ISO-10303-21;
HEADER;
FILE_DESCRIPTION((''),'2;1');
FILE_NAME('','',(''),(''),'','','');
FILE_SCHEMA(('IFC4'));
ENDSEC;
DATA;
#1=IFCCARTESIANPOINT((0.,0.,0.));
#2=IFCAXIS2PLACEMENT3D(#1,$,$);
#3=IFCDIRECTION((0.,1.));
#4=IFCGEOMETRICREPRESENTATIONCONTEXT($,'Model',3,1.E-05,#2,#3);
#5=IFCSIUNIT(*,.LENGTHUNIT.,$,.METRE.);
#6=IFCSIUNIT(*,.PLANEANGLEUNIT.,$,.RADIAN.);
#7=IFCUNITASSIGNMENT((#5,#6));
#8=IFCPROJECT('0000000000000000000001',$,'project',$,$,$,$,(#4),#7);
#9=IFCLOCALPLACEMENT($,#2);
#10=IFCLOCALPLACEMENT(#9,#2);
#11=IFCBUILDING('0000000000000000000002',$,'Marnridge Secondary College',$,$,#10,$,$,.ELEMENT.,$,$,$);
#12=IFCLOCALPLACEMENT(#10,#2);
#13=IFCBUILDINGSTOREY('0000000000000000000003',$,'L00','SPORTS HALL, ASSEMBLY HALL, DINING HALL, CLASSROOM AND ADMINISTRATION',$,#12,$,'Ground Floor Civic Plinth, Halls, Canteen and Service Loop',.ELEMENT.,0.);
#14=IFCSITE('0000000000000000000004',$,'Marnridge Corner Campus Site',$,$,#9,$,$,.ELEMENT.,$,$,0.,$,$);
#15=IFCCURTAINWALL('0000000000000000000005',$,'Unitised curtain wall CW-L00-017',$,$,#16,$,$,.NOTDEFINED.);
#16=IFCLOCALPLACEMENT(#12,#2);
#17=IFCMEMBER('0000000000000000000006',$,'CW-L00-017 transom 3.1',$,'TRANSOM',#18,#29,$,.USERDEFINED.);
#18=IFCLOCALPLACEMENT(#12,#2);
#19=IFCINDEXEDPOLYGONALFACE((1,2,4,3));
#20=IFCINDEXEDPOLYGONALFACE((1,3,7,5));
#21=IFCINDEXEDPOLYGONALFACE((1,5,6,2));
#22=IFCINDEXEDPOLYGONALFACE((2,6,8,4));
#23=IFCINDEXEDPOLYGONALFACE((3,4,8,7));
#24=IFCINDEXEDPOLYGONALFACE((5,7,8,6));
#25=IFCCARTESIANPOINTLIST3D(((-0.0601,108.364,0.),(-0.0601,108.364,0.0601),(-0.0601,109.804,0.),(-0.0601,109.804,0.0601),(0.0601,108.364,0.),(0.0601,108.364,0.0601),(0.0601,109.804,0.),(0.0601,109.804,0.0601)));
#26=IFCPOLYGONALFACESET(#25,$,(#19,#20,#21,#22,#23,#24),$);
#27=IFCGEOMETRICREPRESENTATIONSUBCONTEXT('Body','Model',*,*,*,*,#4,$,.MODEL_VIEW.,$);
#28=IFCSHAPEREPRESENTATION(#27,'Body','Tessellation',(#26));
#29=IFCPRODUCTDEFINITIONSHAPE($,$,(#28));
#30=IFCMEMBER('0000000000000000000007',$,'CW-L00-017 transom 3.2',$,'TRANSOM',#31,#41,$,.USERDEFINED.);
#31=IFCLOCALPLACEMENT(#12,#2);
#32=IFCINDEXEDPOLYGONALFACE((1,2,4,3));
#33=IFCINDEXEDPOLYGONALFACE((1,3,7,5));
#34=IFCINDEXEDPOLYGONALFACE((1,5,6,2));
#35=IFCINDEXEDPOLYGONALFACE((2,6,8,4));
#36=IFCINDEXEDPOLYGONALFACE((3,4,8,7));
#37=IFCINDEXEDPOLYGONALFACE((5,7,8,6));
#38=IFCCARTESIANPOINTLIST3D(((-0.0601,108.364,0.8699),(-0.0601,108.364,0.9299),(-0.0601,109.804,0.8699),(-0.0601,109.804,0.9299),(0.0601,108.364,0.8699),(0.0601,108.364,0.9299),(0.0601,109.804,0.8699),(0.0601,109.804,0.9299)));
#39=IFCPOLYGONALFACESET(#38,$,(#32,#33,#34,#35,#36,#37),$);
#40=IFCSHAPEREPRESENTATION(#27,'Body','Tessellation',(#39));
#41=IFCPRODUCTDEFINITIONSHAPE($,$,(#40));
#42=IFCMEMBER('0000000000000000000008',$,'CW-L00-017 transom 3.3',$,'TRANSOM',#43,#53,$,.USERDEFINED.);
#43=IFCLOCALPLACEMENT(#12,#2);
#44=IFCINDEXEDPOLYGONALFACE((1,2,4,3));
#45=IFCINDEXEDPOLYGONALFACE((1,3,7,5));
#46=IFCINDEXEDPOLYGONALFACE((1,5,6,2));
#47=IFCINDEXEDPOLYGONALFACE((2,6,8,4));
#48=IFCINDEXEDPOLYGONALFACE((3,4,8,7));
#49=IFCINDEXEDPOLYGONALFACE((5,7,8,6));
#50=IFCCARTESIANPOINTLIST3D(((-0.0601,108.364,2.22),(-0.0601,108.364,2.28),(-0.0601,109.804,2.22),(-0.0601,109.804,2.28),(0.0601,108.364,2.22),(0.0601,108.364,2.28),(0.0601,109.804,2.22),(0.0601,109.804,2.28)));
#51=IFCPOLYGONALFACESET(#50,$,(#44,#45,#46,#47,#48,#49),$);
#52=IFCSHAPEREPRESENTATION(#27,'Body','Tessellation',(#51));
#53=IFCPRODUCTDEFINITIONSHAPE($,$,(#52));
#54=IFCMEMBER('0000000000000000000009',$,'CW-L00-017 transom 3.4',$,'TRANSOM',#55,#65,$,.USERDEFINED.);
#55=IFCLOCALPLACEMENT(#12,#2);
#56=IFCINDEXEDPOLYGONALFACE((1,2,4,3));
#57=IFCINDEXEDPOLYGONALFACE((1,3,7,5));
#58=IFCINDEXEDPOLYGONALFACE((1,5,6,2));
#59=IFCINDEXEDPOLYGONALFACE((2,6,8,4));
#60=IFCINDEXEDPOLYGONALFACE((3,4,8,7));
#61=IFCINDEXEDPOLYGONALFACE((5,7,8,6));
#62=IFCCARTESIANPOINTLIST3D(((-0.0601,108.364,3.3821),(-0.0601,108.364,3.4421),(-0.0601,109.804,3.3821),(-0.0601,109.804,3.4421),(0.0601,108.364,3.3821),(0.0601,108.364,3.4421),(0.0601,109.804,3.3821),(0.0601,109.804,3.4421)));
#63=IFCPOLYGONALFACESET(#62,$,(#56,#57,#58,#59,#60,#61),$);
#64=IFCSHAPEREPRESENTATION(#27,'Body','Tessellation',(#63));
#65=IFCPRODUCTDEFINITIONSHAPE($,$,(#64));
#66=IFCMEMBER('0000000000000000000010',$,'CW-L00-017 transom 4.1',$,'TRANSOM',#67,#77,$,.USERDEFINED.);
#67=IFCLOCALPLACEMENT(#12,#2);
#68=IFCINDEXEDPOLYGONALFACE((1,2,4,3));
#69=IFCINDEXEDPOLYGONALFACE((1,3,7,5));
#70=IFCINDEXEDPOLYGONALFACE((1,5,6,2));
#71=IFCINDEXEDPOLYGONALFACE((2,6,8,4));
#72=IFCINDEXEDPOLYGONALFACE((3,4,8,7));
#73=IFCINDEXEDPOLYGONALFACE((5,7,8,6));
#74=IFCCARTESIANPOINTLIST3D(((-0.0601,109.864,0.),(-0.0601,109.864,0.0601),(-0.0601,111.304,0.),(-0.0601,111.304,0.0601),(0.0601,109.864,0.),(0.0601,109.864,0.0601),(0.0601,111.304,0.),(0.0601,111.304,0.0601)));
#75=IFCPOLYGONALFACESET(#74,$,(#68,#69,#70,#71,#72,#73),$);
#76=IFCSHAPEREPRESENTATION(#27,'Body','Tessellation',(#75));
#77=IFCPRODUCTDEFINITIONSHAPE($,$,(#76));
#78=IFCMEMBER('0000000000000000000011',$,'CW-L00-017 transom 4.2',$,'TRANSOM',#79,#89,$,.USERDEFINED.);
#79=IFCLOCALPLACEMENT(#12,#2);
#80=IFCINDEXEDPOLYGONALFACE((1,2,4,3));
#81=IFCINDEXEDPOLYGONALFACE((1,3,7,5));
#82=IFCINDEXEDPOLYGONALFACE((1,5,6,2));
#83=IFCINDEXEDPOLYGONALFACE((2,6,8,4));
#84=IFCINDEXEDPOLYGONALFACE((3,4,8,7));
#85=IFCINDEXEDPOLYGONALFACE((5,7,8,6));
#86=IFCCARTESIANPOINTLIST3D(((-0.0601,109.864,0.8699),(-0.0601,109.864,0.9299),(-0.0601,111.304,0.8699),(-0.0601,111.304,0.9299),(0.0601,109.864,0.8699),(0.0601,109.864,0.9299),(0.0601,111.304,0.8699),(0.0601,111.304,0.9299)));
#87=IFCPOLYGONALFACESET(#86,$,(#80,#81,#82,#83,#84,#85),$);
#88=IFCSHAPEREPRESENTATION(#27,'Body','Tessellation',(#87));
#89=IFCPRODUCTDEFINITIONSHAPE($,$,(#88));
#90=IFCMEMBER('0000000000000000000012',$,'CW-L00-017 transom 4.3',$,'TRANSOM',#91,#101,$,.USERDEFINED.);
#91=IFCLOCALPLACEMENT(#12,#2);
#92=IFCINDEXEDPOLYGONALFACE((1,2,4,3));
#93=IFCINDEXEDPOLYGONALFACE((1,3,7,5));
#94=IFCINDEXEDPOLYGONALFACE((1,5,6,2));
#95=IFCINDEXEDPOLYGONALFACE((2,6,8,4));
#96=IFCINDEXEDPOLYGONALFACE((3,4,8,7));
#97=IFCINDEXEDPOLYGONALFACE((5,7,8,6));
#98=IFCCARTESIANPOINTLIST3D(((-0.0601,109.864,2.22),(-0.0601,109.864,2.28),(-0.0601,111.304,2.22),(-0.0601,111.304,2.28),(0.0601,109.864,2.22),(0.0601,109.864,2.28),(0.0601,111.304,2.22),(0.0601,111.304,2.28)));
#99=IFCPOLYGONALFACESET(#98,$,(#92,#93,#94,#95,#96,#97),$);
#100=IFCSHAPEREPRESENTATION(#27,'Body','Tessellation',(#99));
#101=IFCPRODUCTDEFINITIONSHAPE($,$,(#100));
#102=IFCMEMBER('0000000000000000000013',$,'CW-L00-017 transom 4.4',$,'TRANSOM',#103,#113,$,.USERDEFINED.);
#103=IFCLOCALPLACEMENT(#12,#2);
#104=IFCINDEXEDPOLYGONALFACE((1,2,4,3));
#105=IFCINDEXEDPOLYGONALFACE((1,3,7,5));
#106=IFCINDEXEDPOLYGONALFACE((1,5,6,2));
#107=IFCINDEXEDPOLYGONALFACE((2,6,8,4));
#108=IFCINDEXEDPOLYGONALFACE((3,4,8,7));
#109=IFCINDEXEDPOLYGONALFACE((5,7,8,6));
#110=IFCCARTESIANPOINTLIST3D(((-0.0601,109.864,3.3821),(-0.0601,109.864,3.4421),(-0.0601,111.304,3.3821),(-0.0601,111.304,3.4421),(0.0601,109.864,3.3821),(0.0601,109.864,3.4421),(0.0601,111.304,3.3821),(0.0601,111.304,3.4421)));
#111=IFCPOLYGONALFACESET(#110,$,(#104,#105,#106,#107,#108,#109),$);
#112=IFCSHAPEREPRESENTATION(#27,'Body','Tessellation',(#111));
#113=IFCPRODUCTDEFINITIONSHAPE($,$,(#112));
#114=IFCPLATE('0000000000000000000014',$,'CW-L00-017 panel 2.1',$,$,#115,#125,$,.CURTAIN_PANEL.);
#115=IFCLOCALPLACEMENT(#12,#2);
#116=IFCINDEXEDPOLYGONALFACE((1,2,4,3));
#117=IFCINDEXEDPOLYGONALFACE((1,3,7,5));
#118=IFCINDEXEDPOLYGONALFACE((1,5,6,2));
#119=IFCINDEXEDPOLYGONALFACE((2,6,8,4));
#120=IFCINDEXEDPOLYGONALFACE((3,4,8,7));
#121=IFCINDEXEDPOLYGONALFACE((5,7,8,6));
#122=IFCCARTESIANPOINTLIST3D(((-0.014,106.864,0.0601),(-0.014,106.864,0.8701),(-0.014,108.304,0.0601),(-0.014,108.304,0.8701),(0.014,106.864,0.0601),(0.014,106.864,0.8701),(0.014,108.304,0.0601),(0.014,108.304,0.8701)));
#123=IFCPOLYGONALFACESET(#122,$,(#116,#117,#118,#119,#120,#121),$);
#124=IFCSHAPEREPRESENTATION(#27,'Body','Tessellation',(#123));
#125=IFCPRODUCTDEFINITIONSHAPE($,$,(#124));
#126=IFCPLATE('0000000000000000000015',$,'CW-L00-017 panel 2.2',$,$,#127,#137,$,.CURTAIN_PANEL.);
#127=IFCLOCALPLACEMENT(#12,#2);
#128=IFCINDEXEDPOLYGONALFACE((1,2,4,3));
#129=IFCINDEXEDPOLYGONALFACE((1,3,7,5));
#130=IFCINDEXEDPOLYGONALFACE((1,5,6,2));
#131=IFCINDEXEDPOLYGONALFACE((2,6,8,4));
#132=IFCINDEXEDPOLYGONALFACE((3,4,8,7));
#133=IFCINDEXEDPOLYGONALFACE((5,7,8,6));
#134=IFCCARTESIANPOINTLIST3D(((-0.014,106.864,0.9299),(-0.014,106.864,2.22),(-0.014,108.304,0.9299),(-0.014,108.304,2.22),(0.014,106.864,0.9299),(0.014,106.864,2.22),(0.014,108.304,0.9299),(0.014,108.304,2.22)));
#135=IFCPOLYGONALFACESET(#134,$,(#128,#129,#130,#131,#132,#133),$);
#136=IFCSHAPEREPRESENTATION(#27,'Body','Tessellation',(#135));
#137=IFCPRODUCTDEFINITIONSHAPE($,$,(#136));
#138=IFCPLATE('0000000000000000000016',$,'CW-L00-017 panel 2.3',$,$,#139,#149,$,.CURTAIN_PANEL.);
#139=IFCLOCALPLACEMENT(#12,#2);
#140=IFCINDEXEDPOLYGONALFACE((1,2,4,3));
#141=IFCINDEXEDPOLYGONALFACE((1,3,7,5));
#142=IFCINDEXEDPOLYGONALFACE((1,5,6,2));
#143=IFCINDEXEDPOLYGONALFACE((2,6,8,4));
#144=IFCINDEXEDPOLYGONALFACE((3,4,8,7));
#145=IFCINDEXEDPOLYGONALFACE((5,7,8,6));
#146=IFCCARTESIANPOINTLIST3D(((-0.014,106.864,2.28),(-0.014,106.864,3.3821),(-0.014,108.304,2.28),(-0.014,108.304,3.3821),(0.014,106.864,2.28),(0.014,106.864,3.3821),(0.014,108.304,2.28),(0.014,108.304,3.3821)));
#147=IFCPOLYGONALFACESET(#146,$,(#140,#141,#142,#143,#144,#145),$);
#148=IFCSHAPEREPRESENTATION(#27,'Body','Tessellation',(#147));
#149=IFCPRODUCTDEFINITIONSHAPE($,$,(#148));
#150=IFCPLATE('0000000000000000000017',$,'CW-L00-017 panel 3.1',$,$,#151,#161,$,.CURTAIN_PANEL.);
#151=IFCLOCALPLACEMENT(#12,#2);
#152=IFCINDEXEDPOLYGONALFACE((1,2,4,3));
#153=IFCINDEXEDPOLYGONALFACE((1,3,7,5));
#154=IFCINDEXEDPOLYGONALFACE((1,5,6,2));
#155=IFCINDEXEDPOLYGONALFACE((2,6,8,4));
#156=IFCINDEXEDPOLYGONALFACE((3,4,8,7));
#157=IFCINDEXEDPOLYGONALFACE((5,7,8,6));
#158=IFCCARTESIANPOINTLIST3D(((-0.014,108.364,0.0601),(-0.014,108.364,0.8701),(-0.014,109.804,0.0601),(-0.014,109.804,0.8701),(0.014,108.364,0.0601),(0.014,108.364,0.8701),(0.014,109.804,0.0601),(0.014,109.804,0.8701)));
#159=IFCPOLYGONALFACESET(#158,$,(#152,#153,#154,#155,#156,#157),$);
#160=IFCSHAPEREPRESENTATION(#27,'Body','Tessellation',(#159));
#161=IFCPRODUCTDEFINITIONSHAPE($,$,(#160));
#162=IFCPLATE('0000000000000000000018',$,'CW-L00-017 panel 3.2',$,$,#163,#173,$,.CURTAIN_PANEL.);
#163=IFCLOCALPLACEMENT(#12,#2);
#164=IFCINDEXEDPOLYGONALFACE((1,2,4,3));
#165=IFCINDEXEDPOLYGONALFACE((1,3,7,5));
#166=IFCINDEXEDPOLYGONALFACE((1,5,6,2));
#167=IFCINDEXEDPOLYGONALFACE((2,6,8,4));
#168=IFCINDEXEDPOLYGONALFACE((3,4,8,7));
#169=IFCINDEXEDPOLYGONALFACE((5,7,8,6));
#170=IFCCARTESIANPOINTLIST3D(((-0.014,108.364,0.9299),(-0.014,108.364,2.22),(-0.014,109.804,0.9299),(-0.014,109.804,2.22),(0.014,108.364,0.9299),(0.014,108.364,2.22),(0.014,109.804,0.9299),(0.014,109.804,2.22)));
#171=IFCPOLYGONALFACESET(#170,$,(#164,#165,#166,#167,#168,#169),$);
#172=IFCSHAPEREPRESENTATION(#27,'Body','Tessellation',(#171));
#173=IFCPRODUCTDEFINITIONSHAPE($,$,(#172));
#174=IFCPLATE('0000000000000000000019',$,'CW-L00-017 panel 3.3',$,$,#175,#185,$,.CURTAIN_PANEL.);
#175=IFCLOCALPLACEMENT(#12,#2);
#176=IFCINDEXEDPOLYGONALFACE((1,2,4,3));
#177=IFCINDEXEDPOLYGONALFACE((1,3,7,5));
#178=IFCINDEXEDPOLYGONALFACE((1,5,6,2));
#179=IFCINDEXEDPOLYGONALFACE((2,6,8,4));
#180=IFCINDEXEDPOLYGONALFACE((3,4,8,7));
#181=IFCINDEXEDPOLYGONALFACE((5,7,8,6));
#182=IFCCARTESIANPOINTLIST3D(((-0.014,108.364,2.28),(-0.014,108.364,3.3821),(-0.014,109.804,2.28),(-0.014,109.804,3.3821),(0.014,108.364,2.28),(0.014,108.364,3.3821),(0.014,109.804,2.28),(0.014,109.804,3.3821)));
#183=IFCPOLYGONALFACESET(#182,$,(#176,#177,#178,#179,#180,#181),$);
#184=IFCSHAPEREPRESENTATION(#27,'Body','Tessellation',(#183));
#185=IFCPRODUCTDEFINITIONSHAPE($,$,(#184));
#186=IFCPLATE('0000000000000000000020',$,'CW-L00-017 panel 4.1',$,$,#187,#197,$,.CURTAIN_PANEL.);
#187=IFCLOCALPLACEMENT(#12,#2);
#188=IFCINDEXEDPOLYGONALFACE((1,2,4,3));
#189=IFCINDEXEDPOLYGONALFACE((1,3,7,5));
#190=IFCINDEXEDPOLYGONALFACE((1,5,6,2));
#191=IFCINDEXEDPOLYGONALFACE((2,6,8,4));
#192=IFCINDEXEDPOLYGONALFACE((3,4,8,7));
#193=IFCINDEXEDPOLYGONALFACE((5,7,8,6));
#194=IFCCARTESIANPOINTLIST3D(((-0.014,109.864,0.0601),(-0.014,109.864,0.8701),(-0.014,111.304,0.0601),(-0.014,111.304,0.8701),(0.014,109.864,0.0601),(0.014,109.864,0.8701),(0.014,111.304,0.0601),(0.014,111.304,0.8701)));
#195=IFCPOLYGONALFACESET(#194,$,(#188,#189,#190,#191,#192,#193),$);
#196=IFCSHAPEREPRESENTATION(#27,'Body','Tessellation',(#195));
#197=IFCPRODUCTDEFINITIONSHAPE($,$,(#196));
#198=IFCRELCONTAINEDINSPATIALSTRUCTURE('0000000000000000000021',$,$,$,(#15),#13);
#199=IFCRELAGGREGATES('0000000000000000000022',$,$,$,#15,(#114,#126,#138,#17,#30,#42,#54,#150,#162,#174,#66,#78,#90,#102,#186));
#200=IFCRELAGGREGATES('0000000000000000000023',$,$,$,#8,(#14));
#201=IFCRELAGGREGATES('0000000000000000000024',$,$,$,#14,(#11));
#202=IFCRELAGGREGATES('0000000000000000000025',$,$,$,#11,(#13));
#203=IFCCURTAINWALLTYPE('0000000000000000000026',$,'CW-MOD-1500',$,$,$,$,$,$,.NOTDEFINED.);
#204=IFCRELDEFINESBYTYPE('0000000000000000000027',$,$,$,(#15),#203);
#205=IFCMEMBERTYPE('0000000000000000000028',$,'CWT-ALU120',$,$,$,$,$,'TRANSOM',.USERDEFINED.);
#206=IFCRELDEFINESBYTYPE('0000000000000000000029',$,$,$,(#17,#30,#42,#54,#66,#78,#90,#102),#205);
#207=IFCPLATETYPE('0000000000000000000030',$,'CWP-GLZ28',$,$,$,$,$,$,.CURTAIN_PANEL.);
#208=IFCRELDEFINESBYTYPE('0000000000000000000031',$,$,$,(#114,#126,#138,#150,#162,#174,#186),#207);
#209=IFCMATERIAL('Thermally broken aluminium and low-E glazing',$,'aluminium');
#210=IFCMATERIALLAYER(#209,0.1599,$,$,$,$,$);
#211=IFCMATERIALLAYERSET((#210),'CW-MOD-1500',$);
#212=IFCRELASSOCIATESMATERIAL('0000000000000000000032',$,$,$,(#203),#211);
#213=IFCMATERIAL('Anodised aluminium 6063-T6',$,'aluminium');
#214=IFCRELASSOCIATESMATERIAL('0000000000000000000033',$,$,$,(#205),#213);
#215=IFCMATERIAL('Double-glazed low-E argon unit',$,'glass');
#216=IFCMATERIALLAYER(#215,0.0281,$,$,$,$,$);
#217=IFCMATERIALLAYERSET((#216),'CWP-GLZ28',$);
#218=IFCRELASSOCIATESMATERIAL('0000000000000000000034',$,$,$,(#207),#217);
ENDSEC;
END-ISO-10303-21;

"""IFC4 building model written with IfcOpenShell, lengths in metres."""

from ifc_helpers import new_model, si_unit, direction, frame, origin, origin_2d, place, context, subcontext, project, spatial, rectangle, extrude, material, layer, layer_set, material_profile, profile_set, type_object, element, aggregate, save


model = new_model("IFC4")

# Units and contexts
model_context = context("Model", 3, precision=1e-05, world=origin(), true_north=direction((0.0, 1.0)))
body_context = subcontext(model_context, "Body", "Model", "MODEL_VIEW")
ifc_project = project(units=[si_unit("LENGTHUNIT", "METRE"), si_unit("PLANEANGLEUNIT", "RADIAN")], contexts=[model_context])

# Site, building, storey
site_placement = place(None, origin())
site = spatial("IfcSite", under=ifc_project, at=site_placement, Name="Marnridge Corner Campus Site", CompositionType="ELEMENT", RefElevation=0.0)
building_placement = place(site_placement, origin())
building = spatial("IfcBuilding", under=site, at=building_placement, Name="Marnridge Secondary College", CompositionType="ELEMENT")
storey_placement = place(building_placement, origin())
storey = spatial("IfcBuildingStorey", under=building, at=storey_placement, Name="L00", Description="SPORTS HALL, ASSEMBLY HALL, DINING HALL, CLASSROOM AND ADMINISTRATION", LongName="Ground Floor Civic Plinth, Halls, Canteen and Service Loop", CompositionType="ELEMENT", Elevation=0.0)

# Curtain wall, members, plates
ifc_material_1 = material(Name="Thermally broken aluminium and low-E glazing", Category="aluminium")
ifc_layer_1 = layer(ifc_material_1, 0.1599)
ifc_layer_set_1 = layer_set([ifc_layer_1], Name="CW-MOD-1500")
curtain_wall_type = type_object("IfcCurtainWallType", Name="CW-MOD-1500", PredefinedType="NOTDEFINED", material=ifc_layer_set_1)
curtain_wall_placement = place(storey_placement, origin())
curtain_wall = element("IfcCurtainWall", 1, at=curtain_wall_placement, inside=storey, type_object=curtain_wall_type, Name="Unitised curtain wall CW-L00-017", PredefinedType="NOTDEFINED")
ifc_material_2 = material(Name="Anodised aluminium 6063-T6", Category="aluminium")
ifc_material_profile_1 = material_profile(ifc_material_2, rectangle(XDim=0.0601, YDim=0.1201, at=origin_2d()), Name="ALU 60x120")
ifc_profile_set_1 = profile_set([ifc_material_profile_1], Name="Anodised aluminium 6063-T6")
member_type_1 = type_object("IfcMemberType", Name="CWT-ALU120", ElementType="TRANSOM", PredefinedType="USERDEFINED", material=ifc_profile_set_1)
member_1_placement = place(storey_placement, frame((0.0, 108.364, 0.03), z_axis=(0.0, 1.0, 0.0), x_axis=(0.0, 0.0, 1.0)))
member_1 = element("IfcMember", 2, at=member_1_placement, type_object=member_type_1, Name="CW-L00-017 transom 3.1", ObjectType="TRANSOM", PredefinedType="USERDEFINED", context=body_context, shape_type="SweptSolid", body=[
    extrude(rectangle(XDim=0.0601, YDim=0.1201, at=origin_2d()), origin(), (0.0, 0.0, 1.0), 1.4399),
])
member_2_placement = place(storey_placement, frame((0.0, 108.364, 0.8999), z_axis=(0.0, 1.0, 0.0), x_axis=(0.0, 0.0, 1.0)))
member_2 = element("IfcMember", 3, at=member_2_placement, type_object=member_type_1, Name="CW-L00-017 transom 3.2", ObjectType="TRANSOM", PredefinedType="USERDEFINED", context=body_context, shape_type="SweptSolid", body=[
    extrude(rectangle(XDim=0.0601, YDim=0.1201, at=origin_2d()), origin(), (0.0, 0.0, 1.0), 1.4399),
])
member_3_placement = place(storey_placement, frame((0.0, 108.364, 2.25), z_axis=(0.0, 1.0, 0.0), x_axis=(0.0, 0.0, 1.0)))
member_3 = element("IfcMember", 4, at=member_3_placement, type_object=member_type_1, Name="CW-L00-017 transom 3.3", ObjectType="TRANSOM", PredefinedType="USERDEFINED", context=body_context, shape_type="SweptSolid", body=[
    extrude(rectangle(XDim=0.0601, YDim=0.1201, at=origin_2d()), origin(), (0.0, 0.0, 1.0), 1.4399),
])
member_4_placement = place(storey_placement, frame((0.0, 108.364, 3.4121), z_axis=(0.0, 1.0, 0.0), x_axis=(0.0, 0.0, 1.0)))
member_4 = element("IfcMember", 5, at=member_4_placement, type_object=member_type_1, Name="CW-L00-017 transom 3.4", ObjectType="TRANSOM", PredefinedType="USERDEFINED", context=body_context, shape_type="SweptSolid", body=[
    extrude(rectangle(XDim=0.0601, YDim=0.1201, at=origin_2d()), origin(), (0.0, 0.0, 1.0), 1.4399),
])
member_5_placement = place(storey_placement, frame((0.0, 109.864, 0.03), z_axis=(0.0, 1.0, 0.0), x_axis=(0.0, 0.0, 1.0)))
member_5 = element("IfcMember", 6, at=member_5_placement, type_object=member_type_1, Name="CW-L00-017 transom 4.1", ObjectType="TRANSOM", PredefinedType="USERDEFINED", context=body_context, shape_type="SweptSolid", body=[
    extrude(rectangle(XDim=0.0601, YDim=0.1201, at=origin_2d()), origin(), (0.0, 0.0, 1.0), 1.4399),
])
member_6_placement = place(storey_placement, frame((0.0, 109.864, 0.8999), z_axis=(0.0, 1.0, 0.0), x_axis=(0.0, 0.0, 1.0)))
member_6 = element("IfcMember", 7, at=member_6_placement, type_object=member_type_1, Name="CW-L00-017 transom 4.2", ObjectType="TRANSOM", PredefinedType="USERDEFINED", context=body_context, shape_type="SweptSolid", body=[
    extrude(rectangle(XDim=0.0601, YDim=0.1201, at=origin_2d()), origin(), (0.0, 0.0, 1.0), 1.4399),
])
member_7_placement = place(storey_placement, frame((0.0, 109.864, 2.25), z_axis=(0.0, 1.0, 0.0), x_axis=(0.0, 0.0, 1.0)))
member_7 = element("IfcMember", 8, at=member_7_placement, type_object=member_type_1, Name="CW-L00-017 transom 4.3", ObjectType="TRANSOM", PredefinedType="USERDEFINED", context=body_context, shape_type="SweptSolid", body=[
    extrude(rectangle(XDim=0.0601, YDim=0.1201, at=origin_2d()), origin(), (0.0, 0.0, 1.0), 1.4399),
])
member_8_placement = place(storey_placement, frame((0.0, 109.864, 3.4121), z_axis=(0.0, 1.0, 0.0), x_axis=(0.0, 0.0, 1.0)))
member_8 = element("IfcMember", 9, at=member_8_placement, type_object=member_type_1, Name="CW-L00-017 transom 4.4", ObjectType="TRANSOM", PredefinedType="USERDEFINED", context=body_context, shape_type="SweptSolid", body=[
    extrude(rectangle(XDim=0.0601, YDim=0.1201, at=origin_2d()), origin(), (0.0, 0.0, 1.0), 1.4399),
])
ifc_material_3 = material(Name="Double-glazed low-E argon unit", Category="glass")
ifc_layer_2 = layer(ifc_material_3, 0.0281)
ifc_layer_set_2 = layer_set([ifc_layer_2], Name="CWP-GLZ28")
plate_type = type_object("IfcPlateType", Name="CWP-GLZ28", PredefinedType="CURTAIN_PANEL", material=ifc_layer_set_2)
plate_1_placement = place(storey_placement, frame((0.0, 107.584, 0.0601), z_axis=(0.0, 0.0, 1.0), x_axis=(0.0, 1.0, 0.0)))
plate_1 = element("IfcPlate", 10, at=plate_1_placement, type_object=plate_type, Name="CW-L00-017 panel 2.1", PredefinedType="CURTAIN_PANEL", context=body_context, shape_type="SweptSolid", body=[
    extrude(rectangle(XDim=1.4399, YDim=0.0281, at=origin_2d()), origin(), (0.0, 0.0, 1.0), 0.8101),
])
plate_2_placement = place(storey_placement, frame((0.0, 107.584, 0.9299), z_axis=(0.0, 0.0, 1.0), x_axis=(0.0, 1.0, 0.0)))
plate_2 = element("IfcPlate", 11, at=plate_2_placement, type_object=plate_type, Name="CW-L00-017 panel 2.2", PredefinedType="CURTAIN_PANEL", context=body_context, shape_type="SweptSolid", body=[
    extrude(rectangle(XDim=1.4399, YDim=0.0281, at=origin_2d()), origin(), (0.0, 0.0, 1.0), 1.29),
])
plate_3_placement = place(storey_placement, frame((0.0, 107.584, 2.28), z_axis=(0.0, 0.0, 1.0), x_axis=(0.0, 1.0, 0.0)))
plate_3 = element("IfcPlate", 12, at=plate_3_placement, type_object=plate_type, Name="CW-L00-017 panel 2.3", PredefinedType="CURTAIN_PANEL", context=body_context, shape_type="SweptSolid", body=[
    extrude(rectangle(XDim=1.4399, YDim=0.0281, at=origin_2d()), origin(), (0.0, 0.0, 1.0), 1.1021),
])
plate_4_placement = place(storey_placement, frame((0.0, 109.084, 0.0601), z_axis=(0.0, 0.0, 1.0), x_axis=(0.0, 1.0, 0.0)))
plate_4 = element("IfcPlate", 13, at=plate_4_placement, type_object=plate_type, Name="CW-L00-017 panel 3.1", PredefinedType="CURTAIN_PANEL", context=body_context, shape_type="SweptSolid", body=[
    extrude(rectangle(XDim=1.4399, YDim=0.0281, at=origin_2d()), origin(), (0.0, 0.0, 1.0), 0.8101),
])
plate_5_placement = place(storey_placement, frame((0.0, 109.084, 0.9299), z_axis=(0.0, 0.0, 1.0), x_axis=(0.0, 1.0, 0.0)))
plate_5 = element("IfcPlate", 14, at=plate_5_placement, type_object=plate_type, Name="CW-L00-017 panel 3.2", PredefinedType="CURTAIN_PANEL", context=body_context, shape_type="SweptSolid", body=[
    extrude(rectangle(XDim=1.4399, YDim=0.0281, at=origin_2d()), origin(), (0.0, 0.0, 1.0), 1.29),
])
plate_6_placement = place(storey_placement, frame((0.0, 109.084, 2.28), z_axis=(0.0, 0.0, 1.0), x_axis=(0.0, 1.0, 0.0)))
plate_6 = element("IfcPlate", 15, at=plate_6_placement, type_object=plate_type, Name="CW-L00-017 panel 3.3", PredefinedType="CURTAIN_PANEL", context=body_context, shape_type="SweptSolid", body=[
    extrude(rectangle(XDim=1.4399, YDim=0.0281, at=origin_2d()), origin(), (0.0, 0.0, 1.0), 1.1021),
])
plate_7_placement = place(storey_placement, frame((0.0, 110.584, 0.0601), z_axis=(0.0, 0.0, 1.0), x_axis=(0.0, 1.0, 0.0)))
plate_7 = element("IfcPlate", 16, at=plate_7_placement, type_object=plate_type, Name="CW-L00-017 panel 4.1", PredefinedType="CURTAIN_PANEL", context=body_context, shape_type="SweptSolid", body=[
    extrude(rectangle(XDim=1.4399, YDim=0.0281, at=origin_2d()), origin(), (0.0, 0.0, 1.0), 0.8101),
])
aggregate(curtain_wall, [plate_1, plate_2, plate_3, member_1, member_2, member_3, member_4, plate_4, plate_5, plate_6, member_5, member_6, member_7, member_8, plate_7])

save(model, "model.ifc")
